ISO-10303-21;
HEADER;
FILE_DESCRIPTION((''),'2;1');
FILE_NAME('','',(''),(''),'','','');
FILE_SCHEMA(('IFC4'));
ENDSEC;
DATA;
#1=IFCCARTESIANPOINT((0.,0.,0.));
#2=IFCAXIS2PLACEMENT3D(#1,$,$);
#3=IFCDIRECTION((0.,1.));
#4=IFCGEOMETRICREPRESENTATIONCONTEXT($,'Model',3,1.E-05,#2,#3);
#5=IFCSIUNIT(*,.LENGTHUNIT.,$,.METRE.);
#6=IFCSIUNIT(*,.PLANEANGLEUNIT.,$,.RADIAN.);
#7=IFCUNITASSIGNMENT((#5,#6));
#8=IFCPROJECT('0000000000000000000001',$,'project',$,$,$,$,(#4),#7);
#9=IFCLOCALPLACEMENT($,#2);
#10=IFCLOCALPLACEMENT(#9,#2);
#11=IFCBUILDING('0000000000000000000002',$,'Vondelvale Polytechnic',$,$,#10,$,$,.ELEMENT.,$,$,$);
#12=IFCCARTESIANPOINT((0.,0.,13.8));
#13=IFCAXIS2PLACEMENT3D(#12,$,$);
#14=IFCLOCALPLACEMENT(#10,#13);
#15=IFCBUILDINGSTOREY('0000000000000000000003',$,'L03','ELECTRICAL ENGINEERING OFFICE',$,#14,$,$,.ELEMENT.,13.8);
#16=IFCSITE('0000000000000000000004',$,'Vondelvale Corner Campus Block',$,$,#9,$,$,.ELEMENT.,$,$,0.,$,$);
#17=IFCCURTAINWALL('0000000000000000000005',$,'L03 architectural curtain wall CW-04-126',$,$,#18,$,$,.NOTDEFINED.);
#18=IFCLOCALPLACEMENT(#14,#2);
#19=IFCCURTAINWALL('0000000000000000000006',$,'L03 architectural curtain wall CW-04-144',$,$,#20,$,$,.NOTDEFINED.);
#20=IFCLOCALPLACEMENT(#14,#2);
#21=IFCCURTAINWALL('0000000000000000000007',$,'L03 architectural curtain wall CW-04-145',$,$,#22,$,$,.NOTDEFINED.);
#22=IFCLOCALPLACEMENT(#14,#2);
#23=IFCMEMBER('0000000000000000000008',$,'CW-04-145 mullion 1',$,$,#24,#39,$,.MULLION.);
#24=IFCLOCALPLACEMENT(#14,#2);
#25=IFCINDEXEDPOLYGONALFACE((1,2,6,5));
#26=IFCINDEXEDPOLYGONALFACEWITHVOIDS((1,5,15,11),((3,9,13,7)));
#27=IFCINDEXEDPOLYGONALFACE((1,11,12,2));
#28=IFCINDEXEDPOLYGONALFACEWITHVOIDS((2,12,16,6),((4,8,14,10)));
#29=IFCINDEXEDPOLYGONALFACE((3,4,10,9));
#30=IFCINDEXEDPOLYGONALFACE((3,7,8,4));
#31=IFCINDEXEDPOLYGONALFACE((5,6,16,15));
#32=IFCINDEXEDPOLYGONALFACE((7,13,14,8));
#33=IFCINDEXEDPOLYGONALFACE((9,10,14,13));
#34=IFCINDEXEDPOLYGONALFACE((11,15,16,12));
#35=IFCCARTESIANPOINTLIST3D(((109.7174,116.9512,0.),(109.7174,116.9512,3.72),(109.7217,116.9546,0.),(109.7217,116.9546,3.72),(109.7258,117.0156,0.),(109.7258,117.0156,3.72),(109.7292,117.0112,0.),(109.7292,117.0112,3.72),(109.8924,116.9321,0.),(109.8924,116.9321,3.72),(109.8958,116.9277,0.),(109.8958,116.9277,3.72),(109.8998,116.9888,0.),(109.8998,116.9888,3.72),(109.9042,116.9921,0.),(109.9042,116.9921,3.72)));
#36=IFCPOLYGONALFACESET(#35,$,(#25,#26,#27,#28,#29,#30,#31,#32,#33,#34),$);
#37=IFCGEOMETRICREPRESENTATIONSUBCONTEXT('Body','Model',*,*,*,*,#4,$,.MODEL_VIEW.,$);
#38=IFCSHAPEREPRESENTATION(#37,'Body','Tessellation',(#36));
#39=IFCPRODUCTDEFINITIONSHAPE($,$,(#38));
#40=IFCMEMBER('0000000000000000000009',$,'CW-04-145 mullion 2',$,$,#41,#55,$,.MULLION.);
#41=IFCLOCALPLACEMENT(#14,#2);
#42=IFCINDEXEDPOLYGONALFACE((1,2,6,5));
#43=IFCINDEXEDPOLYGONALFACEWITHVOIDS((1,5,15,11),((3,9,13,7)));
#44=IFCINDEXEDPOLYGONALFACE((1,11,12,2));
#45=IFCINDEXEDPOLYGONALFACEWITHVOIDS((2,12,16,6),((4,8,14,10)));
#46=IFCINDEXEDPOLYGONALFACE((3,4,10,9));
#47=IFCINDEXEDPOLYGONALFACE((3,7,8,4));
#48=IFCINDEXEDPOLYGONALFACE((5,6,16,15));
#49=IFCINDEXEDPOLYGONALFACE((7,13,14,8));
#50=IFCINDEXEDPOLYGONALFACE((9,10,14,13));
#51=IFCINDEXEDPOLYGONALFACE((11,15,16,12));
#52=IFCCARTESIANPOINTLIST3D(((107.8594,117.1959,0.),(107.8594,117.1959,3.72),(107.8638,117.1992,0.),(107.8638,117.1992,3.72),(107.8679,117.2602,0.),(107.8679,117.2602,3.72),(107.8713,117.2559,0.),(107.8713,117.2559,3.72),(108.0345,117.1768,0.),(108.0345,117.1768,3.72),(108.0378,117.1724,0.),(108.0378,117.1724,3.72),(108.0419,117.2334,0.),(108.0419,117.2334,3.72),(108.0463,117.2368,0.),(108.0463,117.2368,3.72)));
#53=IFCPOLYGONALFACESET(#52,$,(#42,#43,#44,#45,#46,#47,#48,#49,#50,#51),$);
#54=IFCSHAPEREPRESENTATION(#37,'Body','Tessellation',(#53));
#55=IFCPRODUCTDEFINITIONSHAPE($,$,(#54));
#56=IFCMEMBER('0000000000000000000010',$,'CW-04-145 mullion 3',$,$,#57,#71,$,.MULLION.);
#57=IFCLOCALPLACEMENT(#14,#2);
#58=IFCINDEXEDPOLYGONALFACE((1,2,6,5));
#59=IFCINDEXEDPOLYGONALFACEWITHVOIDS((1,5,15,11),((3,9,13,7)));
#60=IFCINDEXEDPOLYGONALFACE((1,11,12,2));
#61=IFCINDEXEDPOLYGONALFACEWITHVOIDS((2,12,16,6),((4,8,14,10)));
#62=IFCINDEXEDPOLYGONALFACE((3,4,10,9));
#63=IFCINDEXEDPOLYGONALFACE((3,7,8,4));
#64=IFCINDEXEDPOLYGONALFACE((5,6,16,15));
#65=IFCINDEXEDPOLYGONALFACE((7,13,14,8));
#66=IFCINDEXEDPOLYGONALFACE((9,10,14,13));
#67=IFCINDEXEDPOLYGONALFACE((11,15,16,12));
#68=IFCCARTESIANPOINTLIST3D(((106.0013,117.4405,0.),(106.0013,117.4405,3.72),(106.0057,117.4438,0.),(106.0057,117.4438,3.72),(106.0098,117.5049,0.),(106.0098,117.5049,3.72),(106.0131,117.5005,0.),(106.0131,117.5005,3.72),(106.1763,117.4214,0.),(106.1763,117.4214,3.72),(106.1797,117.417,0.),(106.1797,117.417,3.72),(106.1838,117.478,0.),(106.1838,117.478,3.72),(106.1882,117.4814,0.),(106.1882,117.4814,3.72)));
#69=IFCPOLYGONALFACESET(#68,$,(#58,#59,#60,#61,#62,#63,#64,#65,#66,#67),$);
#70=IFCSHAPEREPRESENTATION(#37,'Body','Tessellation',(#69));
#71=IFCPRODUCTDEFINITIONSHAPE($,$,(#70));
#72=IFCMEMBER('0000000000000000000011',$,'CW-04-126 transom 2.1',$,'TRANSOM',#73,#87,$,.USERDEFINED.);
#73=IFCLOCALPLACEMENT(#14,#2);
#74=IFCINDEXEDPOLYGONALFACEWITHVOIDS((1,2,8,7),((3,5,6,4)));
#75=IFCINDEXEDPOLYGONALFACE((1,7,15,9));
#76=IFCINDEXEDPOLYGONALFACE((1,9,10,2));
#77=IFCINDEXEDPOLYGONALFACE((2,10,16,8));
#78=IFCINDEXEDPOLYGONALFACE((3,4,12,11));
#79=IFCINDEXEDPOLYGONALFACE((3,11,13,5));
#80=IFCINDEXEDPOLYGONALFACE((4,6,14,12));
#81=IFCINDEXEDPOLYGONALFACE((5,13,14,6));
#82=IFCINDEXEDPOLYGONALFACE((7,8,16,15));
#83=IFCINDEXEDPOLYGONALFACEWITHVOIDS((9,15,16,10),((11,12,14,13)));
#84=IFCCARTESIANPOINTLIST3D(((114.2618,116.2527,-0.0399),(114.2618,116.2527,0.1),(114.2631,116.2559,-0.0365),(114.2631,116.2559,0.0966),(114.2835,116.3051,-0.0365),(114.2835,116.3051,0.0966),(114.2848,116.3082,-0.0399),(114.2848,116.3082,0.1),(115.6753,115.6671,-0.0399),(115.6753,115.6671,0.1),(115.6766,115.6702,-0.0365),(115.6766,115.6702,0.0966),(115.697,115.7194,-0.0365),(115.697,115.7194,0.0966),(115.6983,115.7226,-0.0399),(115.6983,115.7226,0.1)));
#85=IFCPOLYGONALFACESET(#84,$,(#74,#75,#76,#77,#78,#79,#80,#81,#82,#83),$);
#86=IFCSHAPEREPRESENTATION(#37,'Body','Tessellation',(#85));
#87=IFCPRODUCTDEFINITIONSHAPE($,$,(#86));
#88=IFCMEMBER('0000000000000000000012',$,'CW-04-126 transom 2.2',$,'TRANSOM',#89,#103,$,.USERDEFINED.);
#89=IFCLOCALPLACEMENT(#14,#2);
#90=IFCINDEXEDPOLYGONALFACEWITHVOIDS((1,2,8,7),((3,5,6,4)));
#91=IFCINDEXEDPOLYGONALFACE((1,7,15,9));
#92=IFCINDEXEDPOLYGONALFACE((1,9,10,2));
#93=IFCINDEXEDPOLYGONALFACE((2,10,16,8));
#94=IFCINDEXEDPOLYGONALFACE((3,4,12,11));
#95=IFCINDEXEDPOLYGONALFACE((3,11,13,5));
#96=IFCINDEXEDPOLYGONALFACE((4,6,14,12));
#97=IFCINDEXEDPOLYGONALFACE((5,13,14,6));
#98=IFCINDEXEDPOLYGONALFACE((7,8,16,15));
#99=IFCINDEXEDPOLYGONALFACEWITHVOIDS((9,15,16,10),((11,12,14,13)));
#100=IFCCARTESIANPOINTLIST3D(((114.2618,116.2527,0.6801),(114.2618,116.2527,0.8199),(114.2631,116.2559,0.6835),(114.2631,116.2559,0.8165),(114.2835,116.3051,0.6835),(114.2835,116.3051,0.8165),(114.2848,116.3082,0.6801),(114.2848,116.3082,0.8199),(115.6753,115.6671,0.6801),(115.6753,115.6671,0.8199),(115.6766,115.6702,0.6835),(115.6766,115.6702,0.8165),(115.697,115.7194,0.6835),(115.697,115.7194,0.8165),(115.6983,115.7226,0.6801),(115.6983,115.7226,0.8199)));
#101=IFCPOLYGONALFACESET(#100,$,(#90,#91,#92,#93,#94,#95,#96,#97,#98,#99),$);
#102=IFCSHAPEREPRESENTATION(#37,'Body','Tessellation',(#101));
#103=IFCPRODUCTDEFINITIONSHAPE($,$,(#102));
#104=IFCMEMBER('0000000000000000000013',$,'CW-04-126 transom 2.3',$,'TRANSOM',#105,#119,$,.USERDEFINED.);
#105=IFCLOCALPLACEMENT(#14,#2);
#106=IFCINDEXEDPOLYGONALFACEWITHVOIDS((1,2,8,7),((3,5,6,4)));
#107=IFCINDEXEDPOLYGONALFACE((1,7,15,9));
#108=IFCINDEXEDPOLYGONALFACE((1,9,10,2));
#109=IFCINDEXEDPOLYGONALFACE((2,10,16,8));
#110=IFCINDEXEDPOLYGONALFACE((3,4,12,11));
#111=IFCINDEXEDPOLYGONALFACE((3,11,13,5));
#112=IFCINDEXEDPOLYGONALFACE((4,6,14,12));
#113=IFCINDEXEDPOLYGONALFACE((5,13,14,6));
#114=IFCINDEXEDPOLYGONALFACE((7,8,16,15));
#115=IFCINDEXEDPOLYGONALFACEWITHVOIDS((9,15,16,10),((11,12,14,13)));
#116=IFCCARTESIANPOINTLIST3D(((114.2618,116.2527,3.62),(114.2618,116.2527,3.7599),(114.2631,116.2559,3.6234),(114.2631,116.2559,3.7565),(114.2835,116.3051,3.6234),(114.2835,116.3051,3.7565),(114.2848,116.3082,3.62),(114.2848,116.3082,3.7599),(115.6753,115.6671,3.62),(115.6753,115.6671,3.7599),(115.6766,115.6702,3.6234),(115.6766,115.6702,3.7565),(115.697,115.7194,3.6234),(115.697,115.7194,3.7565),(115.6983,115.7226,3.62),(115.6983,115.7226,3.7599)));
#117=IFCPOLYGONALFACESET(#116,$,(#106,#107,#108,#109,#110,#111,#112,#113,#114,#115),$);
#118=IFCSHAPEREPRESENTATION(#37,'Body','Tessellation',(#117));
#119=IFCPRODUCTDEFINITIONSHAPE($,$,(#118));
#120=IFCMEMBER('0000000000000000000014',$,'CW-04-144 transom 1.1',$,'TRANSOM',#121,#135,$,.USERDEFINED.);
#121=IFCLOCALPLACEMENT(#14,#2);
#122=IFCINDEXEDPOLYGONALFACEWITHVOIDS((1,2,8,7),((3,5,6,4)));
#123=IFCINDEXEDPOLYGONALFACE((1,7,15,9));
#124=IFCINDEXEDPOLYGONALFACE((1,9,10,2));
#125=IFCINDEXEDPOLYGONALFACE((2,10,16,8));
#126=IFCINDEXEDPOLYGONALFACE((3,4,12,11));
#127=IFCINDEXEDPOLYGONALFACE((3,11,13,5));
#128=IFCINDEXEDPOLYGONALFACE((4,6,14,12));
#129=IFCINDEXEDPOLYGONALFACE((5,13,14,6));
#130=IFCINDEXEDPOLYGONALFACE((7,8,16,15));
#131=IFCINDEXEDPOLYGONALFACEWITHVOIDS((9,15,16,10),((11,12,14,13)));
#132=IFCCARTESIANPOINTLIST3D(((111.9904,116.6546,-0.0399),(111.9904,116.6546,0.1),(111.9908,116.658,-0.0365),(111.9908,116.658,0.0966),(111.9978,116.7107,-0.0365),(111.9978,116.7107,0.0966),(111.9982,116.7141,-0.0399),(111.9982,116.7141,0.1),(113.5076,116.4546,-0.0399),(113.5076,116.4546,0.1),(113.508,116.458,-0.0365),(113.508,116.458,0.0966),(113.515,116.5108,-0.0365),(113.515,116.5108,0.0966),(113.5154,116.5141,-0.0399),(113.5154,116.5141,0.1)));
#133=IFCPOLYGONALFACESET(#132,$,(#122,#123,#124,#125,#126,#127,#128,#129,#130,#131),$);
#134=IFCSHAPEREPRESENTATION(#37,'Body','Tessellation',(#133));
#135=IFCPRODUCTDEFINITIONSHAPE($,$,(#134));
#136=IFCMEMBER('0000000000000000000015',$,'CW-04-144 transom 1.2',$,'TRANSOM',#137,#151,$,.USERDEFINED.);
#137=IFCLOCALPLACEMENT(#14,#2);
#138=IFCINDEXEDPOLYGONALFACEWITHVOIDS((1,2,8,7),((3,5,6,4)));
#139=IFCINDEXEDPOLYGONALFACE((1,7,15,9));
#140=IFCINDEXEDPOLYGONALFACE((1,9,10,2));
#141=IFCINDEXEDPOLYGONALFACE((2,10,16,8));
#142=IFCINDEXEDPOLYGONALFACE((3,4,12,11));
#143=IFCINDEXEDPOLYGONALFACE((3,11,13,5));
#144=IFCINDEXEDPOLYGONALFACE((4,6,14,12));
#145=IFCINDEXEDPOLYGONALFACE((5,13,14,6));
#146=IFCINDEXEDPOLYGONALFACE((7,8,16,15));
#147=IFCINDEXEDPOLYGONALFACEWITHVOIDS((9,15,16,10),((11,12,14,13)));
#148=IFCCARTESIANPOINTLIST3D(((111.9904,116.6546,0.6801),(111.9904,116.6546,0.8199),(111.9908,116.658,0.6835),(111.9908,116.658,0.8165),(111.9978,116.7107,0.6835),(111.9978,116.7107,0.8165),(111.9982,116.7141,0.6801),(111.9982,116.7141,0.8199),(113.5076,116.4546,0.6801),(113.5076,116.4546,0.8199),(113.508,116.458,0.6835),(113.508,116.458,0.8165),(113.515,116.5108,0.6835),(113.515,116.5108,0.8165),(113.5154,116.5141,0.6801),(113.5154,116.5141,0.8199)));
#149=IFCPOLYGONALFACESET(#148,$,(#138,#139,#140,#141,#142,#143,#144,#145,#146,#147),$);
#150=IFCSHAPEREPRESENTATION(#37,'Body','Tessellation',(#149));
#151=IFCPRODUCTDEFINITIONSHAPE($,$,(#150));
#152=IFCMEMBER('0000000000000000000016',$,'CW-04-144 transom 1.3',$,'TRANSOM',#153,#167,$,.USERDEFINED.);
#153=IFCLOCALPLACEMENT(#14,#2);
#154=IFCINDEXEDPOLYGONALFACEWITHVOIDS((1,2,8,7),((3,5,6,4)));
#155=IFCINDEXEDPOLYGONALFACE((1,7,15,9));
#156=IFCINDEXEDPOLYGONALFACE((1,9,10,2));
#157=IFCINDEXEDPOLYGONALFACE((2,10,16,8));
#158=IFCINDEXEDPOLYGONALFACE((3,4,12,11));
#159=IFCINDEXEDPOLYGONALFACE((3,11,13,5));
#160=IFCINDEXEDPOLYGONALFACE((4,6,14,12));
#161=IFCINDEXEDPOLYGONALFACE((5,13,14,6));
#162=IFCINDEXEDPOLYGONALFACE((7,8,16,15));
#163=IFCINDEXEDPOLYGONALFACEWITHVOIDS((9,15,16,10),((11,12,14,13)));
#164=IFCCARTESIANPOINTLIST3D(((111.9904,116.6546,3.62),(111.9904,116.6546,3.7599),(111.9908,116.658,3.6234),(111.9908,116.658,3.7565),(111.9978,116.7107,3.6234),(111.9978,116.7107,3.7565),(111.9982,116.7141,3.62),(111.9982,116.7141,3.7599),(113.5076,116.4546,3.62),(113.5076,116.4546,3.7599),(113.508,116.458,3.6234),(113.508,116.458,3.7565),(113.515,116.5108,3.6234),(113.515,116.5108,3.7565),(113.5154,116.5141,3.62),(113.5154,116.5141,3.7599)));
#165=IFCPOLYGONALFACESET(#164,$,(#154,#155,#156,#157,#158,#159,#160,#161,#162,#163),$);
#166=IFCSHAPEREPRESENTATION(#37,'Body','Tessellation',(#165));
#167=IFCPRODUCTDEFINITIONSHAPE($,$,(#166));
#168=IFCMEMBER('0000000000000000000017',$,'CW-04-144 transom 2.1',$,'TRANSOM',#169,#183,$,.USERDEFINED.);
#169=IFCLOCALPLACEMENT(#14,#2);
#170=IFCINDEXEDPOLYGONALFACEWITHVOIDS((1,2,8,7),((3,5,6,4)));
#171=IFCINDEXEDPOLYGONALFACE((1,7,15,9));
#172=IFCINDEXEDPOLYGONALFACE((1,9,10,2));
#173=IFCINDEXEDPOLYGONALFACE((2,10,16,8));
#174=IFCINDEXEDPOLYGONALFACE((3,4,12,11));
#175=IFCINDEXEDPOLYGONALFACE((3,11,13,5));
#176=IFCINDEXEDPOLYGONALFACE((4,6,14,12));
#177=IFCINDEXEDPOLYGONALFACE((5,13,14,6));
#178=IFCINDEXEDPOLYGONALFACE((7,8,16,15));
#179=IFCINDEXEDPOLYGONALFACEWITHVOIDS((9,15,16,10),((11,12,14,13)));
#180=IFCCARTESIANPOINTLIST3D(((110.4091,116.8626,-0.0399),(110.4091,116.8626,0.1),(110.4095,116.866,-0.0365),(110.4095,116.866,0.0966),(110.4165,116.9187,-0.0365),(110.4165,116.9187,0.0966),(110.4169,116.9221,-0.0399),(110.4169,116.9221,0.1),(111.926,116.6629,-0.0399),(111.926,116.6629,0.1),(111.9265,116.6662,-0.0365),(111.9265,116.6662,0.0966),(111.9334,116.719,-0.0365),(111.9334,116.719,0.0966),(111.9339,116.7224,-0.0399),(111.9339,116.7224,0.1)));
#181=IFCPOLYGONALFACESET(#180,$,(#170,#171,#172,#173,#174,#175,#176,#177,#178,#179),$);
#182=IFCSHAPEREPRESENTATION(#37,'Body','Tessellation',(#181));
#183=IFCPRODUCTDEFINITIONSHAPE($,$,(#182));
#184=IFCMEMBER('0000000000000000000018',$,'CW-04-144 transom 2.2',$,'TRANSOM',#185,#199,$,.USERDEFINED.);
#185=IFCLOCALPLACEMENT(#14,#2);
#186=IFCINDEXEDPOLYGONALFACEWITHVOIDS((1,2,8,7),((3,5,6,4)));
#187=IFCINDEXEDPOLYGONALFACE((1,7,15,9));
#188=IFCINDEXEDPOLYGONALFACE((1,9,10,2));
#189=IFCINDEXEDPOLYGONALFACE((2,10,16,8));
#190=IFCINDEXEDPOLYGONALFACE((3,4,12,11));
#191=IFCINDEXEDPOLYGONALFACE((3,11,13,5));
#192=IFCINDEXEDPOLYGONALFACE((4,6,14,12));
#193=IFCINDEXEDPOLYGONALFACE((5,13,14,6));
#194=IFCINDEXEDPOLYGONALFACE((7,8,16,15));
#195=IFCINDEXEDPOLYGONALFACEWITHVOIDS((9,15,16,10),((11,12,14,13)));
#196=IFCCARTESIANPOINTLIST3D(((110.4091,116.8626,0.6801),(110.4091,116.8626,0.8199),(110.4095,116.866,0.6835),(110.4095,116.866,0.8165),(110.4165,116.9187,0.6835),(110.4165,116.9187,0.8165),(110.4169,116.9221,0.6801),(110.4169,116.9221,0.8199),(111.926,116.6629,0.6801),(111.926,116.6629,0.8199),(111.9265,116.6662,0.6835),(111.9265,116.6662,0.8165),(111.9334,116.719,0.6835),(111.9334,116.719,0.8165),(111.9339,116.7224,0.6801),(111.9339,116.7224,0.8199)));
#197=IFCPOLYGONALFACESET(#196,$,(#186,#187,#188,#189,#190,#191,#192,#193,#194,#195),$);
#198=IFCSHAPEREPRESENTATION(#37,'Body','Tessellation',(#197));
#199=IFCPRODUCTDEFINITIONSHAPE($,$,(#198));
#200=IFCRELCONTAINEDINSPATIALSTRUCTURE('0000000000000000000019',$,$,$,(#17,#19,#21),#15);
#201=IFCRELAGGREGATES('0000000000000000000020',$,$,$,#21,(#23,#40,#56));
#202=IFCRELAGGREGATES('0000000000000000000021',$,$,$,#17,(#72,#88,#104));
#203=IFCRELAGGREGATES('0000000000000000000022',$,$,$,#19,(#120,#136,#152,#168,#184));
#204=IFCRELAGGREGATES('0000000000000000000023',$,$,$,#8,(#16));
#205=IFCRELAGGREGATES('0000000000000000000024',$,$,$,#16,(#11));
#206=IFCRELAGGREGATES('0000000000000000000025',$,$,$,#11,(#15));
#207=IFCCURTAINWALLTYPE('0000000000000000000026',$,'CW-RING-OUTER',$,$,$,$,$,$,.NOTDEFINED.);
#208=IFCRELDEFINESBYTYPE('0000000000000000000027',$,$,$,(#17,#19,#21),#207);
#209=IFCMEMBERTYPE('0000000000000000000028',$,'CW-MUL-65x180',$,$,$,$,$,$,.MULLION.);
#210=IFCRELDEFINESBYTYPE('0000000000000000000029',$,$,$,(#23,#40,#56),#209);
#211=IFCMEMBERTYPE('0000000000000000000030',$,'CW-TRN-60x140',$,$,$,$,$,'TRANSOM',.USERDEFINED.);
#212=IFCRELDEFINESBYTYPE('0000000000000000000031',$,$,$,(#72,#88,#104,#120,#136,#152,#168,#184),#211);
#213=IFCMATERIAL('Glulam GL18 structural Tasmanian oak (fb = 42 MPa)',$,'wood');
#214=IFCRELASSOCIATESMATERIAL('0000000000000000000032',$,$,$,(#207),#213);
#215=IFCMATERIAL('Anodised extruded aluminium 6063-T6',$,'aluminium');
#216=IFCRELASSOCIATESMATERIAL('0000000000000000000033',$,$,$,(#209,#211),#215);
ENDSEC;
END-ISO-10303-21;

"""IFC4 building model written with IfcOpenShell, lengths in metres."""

from ifc_helpers import new_model, si_unit, direction, frame, origin, origin_2d, place, context, subcontext, project, spatial, hollow_rectangle, extrude, material, material_profile, profile_set, type_object, element, aggregate, save


model = new_model("IFC4")

# Units and contexts
model_context = context("Model", 3, precision=1e-05, world=origin(), true_north=direction((0.0, 1.0)))
body_context = subcontext(model_context, "Body", "Model", "MODEL_VIEW")
ifc_project = project(units=[si_unit("LENGTHUNIT", "METRE"), si_unit("PLANEANGLEUNIT", "RADIAN")], contexts=[model_context])

# Site, building, storey
site_placement = place(None, origin())
site = spatial("IfcSite", under=ifc_project, at=site_placement, Name="Vondelvale Corner Campus Block", CompositionType="ELEMENT", RefElevation=0.0)
building_placement = place(site_placement, origin())
building = spatial("IfcBuilding", under=site, at=building_placement, Name="Vondelvale Polytechnic", CompositionType="ELEMENT")
storey_placement = place(building_placement, frame((0.0, 0.0, 13.8)))
storey = spatial("IfcBuildingStorey", under=building, at=storey_placement, Name="L03", Description="ELECTRICAL ENGINEERING OFFICE", CompositionType="ELEMENT", Elevation=13.8)

# Shared definitions
ifc_material_1 = material(Name="Glulam GL18 structural Tasmanian oak (fb = 42 MPa)", Category="wood")

# Curtain walls, members
curtain_wall_type = type_object("IfcCurtainWallType", Name="CW-RING-OUTER", PredefinedType="NOTDEFINED", material=ifc_material_1)
curtain_wall_1_placement = place(storey_placement, origin())
curtain_wall_1 = element("IfcCurtainWall", 1, at=curtain_wall_1_placement, inside=storey, type_object=curtain_wall_type, Name="L03 architectural curtain wall CW-04-126", PredefinedType="NOTDEFINED")
ifc_material_2 = material(Name="Anodised extruded aluminium 6063-T6", Category="aluminium")
ifc_material_profile_1 = material_profile(ifc_material_2, hollow_rectangle(XDim=0.0649, YDim=0.1799, WallThickness=0.0039, at=origin_2d()), Name="CW-MUL-180x65")
ifc_profile_set_1 = profile_set([ifc_material_profile_1], Name="Anodised extruded aluminium 6063-T6")
member_type_1 = type_object("IfcMemberType", Name="CW-MUL-65x180", PredefinedType="MULLION", material=ifc_profile_set_1)
curtain_wall_2_placement = place(storey_placement, origin())
curtain_wall_2 = element("IfcCurtainWall", 2, at=curtain_wall_2_placement, inside=storey, type_object=curtain_wall_type, Name="L03 architectural curtain wall CW-04-144", PredefinedType="NOTDEFINED")
curtain_wall_3_placement = place(storey_placement, origin())
curtain_wall_3 = element("IfcCurtainWall", 3, at=curtain_wall_3_placement, inside=storey, type_object=curtain_wall_type, Name="L03 architectural curtain wall CW-04-145", PredefinedType="NOTDEFINED")
member_1_placement = place(storey_placement, frame((109.8108, 116.9717, 0.0), z_axis=(0.0, 0.0, 1.0), x_axis=(-0.130497, -0.991449, 0.0)))
member_1 = element("IfcMember", 4, at=member_1_placement, type_object=member_type_1, Name="CW-04-145 mullion 1", PredefinedType="MULLION", context=body_context, shape_type="SweptSolid", body=[
    extrude(hollow_rectangle(XDim=0.0649, YDim=0.1799, WallThickness=0.0039, at=origin_2d()), origin(), (0.0, 0.0, 1.0), 3.72),
])
member_2_placement = place(storey_placement, frame((107.9529, 117.2163, 0.0), z_axis=(0.0, 0.0, 1.0), x_axis=(-0.130497, -0.991449, 0.0)))
member_2 = element("IfcMember", 5, at=member_2_placement, type_object=member_type_1, Name="CW-04-145 mullion 2", PredefinedType="MULLION", context=body_context, shape_type="SweptSolid", body=[
    extrude(hollow_rectangle(XDim=0.0649, YDim=0.1799, WallThickness=0.0039, at=origin_2d()), origin(), (0.0, 0.0, 1.0), 3.72),
])
member_3_placement = place(storey_placement, frame((106.0947, 117.4609, 0.0), z_axis=(0.0, 0.0, 1.0), x_axis=(-0.130497, -0.991449, 0.0)))
member_3 = element("IfcMember", 6, at=member_3_placement, type_object=member_type_1, Name="CW-04-145 mullion 3", PredefinedType="MULLION", context=body_context, shape_type="SweptSolid", body=[
    extrude(hollow_rectangle(XDim=0.0649, YDim=0.1799, WallThickness=0.0039, at=origin_2d()), origin(), (0.0, 0.0, 1.0), 3.72),
])

# Members
ifc_material_profile_2 = material_profile(ifc_material_2, hollow_rectangle(XDim=0.0601, YDim=0.1399, WallThickness=0.0034, at=origin_2d()), Name="CW-TRN-140x60")
ifc_profile_set_2 = profile_set([ifc_material_profile_2], Name="Anodised extruded aluminium 6063-T6")
member_type_2 = type_object("IfcMemberType", Name="CW-TRN-60x140", ElementType="TRANSOM", PredefinedType="USERDEFINED", material=ifc_profile_set_2)
member_4_placement = place(storey_placement, frame((115.6868, 115.6948, 0.03), z_axis=(-0.92384, 0.382779, 0.0), x_axis=(-0.382779, -0.92384, 0.0)))
member_4 = element("IfcMember", 7, at=member_4_placement, type_object=member_type_2, Name="CW-04-126 transom 2.1", ObjectType="TRANSOM", PredefinedType="USERDEFINED", context=body_context, shape_type="SweptSolid", body=[
    extrude(hollow_rectangle(XDim=0.0601, YDim=0.1399, WallThickness=0.0034, at=origin_2d()), origin(), (0.0, 0.0, 1.0), 1.53),
])
member_5_placement = place(storey_placement, frame((115.6868, 115.6948, 0.75), z_axis=(-0.92384, 0.382779, 0.0), x_axis=(-0.382779, -0.92384, 0.0)))
member_5 = element("IfcMember", 8, at=member_5_placement, type_object=member_type_2, Name="CW-04-126 transom 2.2", ObjectType="TRANSOM", PredefinedType="USERDEFINED", context=body_context, shape_type="SweptSolid", body=[
    extrude(hollow_rectangle(XDim=0.0601, YDim=0.1399, WallThickness=0.0034, at=origin_2d()), origin(), (0.0, 0.0, 1.0), 1.53),
])
member_6_placement = place(storey_placement, frame((115.6868, 115.6948, 3.6899), z_axis=(-0.92384, 0.382779, 0.0), x_axis=(-0.382779, -0.92384, 0.0)))
member_6 = element("IfcMember", 9, at=member_6_placement, type_object=member_type_2, Name="CW-04-126 transom 2.3", ObjectType="TRANSOM", PredefinedType="USERDEFINED", context=body_context, shape_type="SweptSolid", body=[
    extrude(hollow_rectangle(XDim=0.0601, YDim=0.1399, WallThickness=0.0034, at=origin_2d()), origin(), (0.0, 0.0, 1.0), 1.53),
])
member_7_placement = place(storey_placement, frame((113.5115, 116.4844, 0.03), z_axis=(-0.991426, 0.130669, 0.0), x_axis=(-0.130669, -0.991426, 0.0)))
member_7 = element("IfcMember", 10, at=member_7_placement, type_object=member_type_2, Name="CW-04-144 transom 1.1", ObjectType="TRANSOM", PredefinedType="USERDEFINED", context=body_context, shape_type="SweptSolid", body=[
    extrude(hollow_rectangle(XDim=0.0601, YDim=0.1399, WallThickness=0.0034, at=origin_2d()), origin(), (0.0, 0.0, 1.0), 1.5303),
])
member_8_placement = place(storey_placement, frame((113.5115, 116.4844, 0.75), z_axis=(-0.991426, 0.130669, 0.0), x_axis=(-0.130669, -0.991426, 0.0)))
member_8 = element("IfcMember", 11, at=member_8_placement, type_object=member_type_2, Name="CW-04-144 transom 1.2", ObjectType="TRANSOM", PredefinedType="USERDEFINED", context=body_context, shape_type="SweptSolid", body=[
    extrude(hollow_rectangle(XDim=0.0601, YDim=0.1399, WallThickness=0.0034, at=origin_2d()), origin(), (0.0, 0.0, 1.0), 1.5303),
])
member_9_placement = place(storey_placement, frame((113.5115, 116.4844, 3.6899), z_axis=(-0.991426, 0.130669, 0.0), x_axis=(-0.130669, -0.991426, 0.0)))
member_9 = element("IfcMember", 12, at=member_9_placement, type_object=member_type_2, Name="CW-04-144 transom 1.3", ObjectType="TRANSOM", PredefinedType="USERDEFINED", context=body_context, shape_type="SweptSolid", body=[
    extrude(hollow_rectangle(XDim=0.0601, YDim=0.1399, WallThickness=0.0034, at=origin_2d()), origin(), (0.0, 0.0, 1.0), 1.5303),
])
member_10_placement = place(storey_placement, frame((111.9299, 116.6926, 0.03), z_axis=(-0.991444, 0.130533, 0.0), x_axis=(-0.130533, -0.991444, 0.0)))
member_10 = element("IfcMember", 13, at=member_10_placement, type_object=member_type_2, Name="CW-04-144 transom 2.1", ObjectType="TRANSOM", PredefinedType="USERDEFINED", context=body_context, shape_type="SweptSolid", body=[
    extrude(hollow_rectangle(XDim=0.0601, YDim=0.1399, WallThickness=0.0034, at=origin_2d()), origin(), (0.0, 0.0, 1.0), 1.53),
])
member_11_placement = place(storey_placement, frame((111.9299, 116.6926, 0.75), z_axis=(-0.991444, 0.130533, 0.0), x_axis=(-0.130533, -0.991444, 0.0)))
member_11 = element("IfcMember", 14, at=member_11_placement, type_object=member_type_2, Name="CW-04-144 transom 2.2", ObjectType="TRANSOM", PredefinedType="USERDEFINED", context=body_context, shape_type="SweptSolid", body=[
    extrude(hollow_rectangle(XDim=0.0601, YDim=0.1399, WallThickness=0.0034, at=origin_2d()), origin(), (0.0, 0.0, 1.0), 1.53),
])

aggregate(curtain_wall_3, [member_1, member_2, member_3])
aggregate(curtain_wall_1, [member_4, member_5, member_6])
aggregate(curtain_wall_2, [member_7, member_8, member_9, member_10, member_11])

save(model, "model.ifc")
